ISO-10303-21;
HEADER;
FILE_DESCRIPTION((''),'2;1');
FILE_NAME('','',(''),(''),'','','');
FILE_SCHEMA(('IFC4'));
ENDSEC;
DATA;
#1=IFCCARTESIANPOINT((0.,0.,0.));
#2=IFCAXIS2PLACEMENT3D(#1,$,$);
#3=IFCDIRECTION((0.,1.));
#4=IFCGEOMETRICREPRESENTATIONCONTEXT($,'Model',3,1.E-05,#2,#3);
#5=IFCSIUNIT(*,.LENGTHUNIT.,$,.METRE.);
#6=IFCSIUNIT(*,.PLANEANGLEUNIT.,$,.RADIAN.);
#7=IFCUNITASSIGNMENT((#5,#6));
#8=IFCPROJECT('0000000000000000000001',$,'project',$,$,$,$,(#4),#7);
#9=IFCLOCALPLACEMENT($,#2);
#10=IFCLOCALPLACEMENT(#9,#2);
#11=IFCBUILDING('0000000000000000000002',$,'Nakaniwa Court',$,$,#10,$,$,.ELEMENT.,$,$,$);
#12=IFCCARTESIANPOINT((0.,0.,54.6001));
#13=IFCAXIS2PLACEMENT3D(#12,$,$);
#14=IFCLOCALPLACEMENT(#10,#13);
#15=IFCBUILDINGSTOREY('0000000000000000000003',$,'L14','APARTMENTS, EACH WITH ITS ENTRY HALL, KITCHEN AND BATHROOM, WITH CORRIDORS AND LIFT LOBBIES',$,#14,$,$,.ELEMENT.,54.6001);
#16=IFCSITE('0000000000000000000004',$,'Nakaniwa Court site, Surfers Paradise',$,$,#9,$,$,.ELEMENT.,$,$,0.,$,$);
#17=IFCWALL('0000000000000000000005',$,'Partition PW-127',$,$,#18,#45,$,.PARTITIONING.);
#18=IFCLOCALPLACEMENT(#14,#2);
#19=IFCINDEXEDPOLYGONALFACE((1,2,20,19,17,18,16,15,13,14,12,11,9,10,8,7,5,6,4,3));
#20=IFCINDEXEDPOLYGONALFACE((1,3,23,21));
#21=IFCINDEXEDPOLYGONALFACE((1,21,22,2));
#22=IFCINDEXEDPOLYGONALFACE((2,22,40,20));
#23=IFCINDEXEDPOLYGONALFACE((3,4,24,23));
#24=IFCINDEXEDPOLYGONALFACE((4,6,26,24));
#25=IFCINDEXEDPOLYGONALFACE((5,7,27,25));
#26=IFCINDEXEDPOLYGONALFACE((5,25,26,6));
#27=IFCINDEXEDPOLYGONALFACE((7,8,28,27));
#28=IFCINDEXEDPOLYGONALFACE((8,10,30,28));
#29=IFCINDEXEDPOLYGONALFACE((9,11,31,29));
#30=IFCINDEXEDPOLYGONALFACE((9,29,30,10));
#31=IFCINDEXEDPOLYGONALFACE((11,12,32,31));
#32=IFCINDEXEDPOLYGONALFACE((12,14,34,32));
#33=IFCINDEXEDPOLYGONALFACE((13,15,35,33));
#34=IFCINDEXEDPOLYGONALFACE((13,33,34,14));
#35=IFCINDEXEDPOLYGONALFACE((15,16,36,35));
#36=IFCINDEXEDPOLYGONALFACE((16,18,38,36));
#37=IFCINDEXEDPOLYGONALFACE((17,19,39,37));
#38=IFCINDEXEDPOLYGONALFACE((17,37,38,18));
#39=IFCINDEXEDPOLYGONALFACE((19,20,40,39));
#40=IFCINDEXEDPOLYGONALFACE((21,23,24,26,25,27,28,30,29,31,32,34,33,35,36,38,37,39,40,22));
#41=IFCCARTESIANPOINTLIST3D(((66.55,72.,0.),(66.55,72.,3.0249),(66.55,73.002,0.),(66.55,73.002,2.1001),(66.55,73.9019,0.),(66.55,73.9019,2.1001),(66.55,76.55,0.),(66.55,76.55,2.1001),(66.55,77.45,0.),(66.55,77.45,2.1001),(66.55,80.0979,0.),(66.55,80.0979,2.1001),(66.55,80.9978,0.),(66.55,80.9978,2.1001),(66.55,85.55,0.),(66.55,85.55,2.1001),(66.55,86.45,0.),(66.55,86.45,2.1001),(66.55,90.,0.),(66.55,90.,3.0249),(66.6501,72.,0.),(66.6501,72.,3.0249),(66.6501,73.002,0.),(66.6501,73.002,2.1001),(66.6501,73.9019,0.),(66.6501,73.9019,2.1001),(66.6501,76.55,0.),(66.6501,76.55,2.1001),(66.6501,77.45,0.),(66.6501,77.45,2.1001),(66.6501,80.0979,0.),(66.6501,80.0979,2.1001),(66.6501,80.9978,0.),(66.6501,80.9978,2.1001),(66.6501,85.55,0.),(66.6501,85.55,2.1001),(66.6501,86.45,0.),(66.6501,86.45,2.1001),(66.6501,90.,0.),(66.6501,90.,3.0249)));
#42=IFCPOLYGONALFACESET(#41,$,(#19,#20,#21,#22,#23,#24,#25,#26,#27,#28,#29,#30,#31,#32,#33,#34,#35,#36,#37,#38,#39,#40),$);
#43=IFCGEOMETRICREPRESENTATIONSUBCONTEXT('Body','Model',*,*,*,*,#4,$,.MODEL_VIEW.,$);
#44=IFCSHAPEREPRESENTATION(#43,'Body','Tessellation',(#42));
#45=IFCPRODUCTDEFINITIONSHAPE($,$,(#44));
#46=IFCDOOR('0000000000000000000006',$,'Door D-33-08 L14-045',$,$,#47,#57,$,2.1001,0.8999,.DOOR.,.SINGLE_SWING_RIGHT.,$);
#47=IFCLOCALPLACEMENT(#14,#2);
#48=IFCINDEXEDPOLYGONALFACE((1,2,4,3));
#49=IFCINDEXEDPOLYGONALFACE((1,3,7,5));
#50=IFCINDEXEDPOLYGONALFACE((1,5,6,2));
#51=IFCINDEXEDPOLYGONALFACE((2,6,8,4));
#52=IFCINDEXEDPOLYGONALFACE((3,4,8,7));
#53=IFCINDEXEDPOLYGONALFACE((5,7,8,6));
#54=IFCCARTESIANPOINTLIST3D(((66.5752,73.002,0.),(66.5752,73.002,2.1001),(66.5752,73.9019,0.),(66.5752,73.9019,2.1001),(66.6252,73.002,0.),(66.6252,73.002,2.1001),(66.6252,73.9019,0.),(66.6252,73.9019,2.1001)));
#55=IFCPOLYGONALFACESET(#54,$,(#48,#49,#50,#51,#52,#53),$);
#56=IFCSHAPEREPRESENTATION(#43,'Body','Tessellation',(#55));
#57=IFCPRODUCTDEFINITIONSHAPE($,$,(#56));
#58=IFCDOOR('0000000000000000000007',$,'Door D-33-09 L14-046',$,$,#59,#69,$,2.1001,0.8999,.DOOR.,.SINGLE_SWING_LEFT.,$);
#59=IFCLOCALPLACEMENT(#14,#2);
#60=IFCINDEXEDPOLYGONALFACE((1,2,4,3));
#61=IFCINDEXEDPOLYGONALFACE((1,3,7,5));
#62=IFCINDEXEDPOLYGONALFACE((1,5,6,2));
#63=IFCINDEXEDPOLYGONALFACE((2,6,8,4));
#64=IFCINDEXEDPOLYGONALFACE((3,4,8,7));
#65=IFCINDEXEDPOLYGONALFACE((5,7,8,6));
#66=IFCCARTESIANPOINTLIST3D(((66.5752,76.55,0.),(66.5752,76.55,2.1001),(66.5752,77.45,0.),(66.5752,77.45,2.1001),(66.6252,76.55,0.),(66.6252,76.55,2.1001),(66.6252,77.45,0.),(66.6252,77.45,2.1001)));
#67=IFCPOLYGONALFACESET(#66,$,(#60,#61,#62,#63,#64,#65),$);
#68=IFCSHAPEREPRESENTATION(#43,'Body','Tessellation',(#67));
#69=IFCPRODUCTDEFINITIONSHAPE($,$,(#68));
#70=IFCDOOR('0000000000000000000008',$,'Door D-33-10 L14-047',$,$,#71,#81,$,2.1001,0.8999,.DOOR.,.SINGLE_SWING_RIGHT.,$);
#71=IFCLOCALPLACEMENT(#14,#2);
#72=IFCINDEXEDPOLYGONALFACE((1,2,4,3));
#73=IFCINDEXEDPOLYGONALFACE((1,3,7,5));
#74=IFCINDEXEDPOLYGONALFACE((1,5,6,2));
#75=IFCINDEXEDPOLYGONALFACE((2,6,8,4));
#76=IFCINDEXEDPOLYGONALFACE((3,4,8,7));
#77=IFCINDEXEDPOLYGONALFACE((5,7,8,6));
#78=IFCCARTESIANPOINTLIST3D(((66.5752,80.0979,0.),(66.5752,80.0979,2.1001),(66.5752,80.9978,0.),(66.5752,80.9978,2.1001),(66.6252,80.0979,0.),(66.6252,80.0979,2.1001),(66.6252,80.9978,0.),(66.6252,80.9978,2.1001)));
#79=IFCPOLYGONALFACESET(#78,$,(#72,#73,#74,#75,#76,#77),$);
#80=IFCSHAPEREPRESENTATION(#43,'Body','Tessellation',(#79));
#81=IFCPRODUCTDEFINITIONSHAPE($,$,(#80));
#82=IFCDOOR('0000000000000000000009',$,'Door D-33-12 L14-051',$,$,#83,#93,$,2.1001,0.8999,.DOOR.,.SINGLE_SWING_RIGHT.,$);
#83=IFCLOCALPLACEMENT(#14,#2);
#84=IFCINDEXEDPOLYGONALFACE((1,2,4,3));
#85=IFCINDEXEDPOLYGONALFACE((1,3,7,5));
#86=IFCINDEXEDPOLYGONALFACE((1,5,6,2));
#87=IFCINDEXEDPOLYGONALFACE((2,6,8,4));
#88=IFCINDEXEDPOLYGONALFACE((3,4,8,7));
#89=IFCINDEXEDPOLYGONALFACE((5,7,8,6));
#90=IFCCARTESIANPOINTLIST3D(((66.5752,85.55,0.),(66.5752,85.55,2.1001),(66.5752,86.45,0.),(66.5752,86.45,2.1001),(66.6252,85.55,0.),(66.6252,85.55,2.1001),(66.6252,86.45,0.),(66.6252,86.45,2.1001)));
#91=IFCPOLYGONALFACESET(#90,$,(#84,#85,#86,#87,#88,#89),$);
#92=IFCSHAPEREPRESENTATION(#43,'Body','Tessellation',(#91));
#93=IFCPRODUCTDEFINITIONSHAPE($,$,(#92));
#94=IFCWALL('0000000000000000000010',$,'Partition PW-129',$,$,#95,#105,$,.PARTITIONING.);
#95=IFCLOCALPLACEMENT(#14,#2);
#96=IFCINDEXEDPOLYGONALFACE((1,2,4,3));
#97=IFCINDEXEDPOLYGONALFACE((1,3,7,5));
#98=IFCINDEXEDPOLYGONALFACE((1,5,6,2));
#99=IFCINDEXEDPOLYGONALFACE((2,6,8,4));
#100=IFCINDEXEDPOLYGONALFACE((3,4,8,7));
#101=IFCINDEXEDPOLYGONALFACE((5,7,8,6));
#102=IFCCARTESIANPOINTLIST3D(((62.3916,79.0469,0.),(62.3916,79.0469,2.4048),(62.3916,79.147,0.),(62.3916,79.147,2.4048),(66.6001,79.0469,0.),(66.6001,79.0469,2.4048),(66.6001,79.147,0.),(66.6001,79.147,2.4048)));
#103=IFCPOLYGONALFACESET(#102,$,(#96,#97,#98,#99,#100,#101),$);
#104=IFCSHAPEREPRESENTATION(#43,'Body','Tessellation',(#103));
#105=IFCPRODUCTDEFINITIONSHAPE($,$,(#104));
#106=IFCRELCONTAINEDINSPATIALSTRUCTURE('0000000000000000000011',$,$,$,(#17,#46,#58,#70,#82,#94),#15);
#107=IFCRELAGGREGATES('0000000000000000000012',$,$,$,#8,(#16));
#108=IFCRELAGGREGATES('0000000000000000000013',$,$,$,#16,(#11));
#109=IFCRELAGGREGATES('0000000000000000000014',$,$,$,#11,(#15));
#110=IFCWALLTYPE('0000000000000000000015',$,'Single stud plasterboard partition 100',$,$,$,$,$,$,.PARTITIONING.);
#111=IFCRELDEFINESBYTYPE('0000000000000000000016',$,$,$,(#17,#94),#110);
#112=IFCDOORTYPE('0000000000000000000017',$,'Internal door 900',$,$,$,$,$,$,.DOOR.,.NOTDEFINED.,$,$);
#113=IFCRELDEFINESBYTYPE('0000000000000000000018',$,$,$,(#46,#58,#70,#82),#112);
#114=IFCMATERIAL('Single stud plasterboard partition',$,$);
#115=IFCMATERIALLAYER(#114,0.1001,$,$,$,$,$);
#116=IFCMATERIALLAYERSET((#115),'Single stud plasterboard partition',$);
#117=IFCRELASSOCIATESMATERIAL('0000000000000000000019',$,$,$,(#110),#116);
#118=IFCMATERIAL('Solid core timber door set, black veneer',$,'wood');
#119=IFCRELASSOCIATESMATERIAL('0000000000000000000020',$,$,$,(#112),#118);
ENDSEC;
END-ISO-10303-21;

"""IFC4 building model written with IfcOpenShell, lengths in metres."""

from ifc_helpers import new_model, si_unit, direction, frame, frame_2d, origin, place, context, subcontext, project, spatial, rectangle, extrude, material, layer, layer_set, type_object, element, fill, save


model = new_model("IFC4")

# Units and contexts
model_context = context("Model", 3, precision=1e-05, world=origin(), true_north=direction((0.0, 1.0)))
body_context = subcontext(model_context, "Body", "Model", "MODEL_VIEW")
ifc_project = project(units=[si_unit("LENGTHUNIT", "METRE"), si_unit("PLANEANGLEUNIT", "RADIAN")], contexts=[model_context])

# Site, building, storey
site_placement = place(None, origin())
site = spatial("IfcSite", under=ifc_project, at=site_placement, Name="Nakaniwa Court site, Surfers Paradise", CompositionType="ELEMENT", RefElevation=0.0)
building_placement = place(site_placement, origin())
building = spatial("IfcBuilding", under=site, at=building_placement, Name="Nakaniwa Court", CompositionType="ELEMENT")
storey_placement = place(building_placement, frame((0.0, 0.0, 54.6001)))
storey = spatial("IfcBuildingStorey", under=building, at=storey_placement, Name="L14", Description="APARTMENTS, EACH WITH ITS ENTRY HALL, KITCHEN AND BATHROOM, WITH CORRIDORS AND LIFT LOBBIES", CompositionType="ELEMENT", Elevation=54.6001)

# Shared definitions
ifc_material_1 = material(Name="Single stud plasterboard partition")
ifc_layer_1 = layer(ifc_material_1, 0.1001)
ifc_layer_set_1 = layer_set([ifc_layer_1], Name="Single stud plasterboard partition")
wall_type_1 = type_object("IfcWallType", Name="Single stud plasterboard partition 100", PredefinedType="PARTITIONING", material=ifc_layer_set_1)

# Wall, openings, doors
wall_1_placement = place(storey_placement, frame((66.6001, 72.0, 0.0), z_axis=(0.0, 0.0, 1.0), x_axis=(0.0, 1.0, 0.0)))
wall_1 = element("IfcWall", 1, at=wall_1_placement, inside=storey, type_object=wall_type_1, Name="Partition PW-127", PredefinedType="PARTITIONING", context=body_context, shape_type="SweptSolid", body=[
    extrude(rectangle(XDim=18.0, YDim=0.1001, at=frame_2d((9.0, 0.0))), origin(), (0.0, 0.0, 1.0), 3.0249),
])
opening_1_placement = place(wall_1_placement, frame((1.002, 0.0, 0.0)))
opening_1 = element("IfcOpeningElement", 2, at=opening_1_placement, cuts=wall_1, PredefinedType="OPENING", context=body_context, shape_type="SweptSolid", body=[
    extrude(rectangle(XDim=0.8999, YDim=2.1001, at=frame_2d((0.45, 1.05))), frame((0.0, 0.0601, 0.0), z_axis=(0.0, -1.0, 0.0), x_axis=(1.0, 0.0, 0.0)), (0.0, 0.0, 1.0), 0.1201),
])
opening_2_placement = place(wall_1_placement, frame((4.55, 0.0, 0.0)))
opening_2 = element("IfcOpeningElement", 3, at=opening_2_placement, cuts=wall_1, PredefinedType="OPENING", context=body_context, shape_type="SweptSolid", body=[
    extrude(rectangle(XDim=0.8999, YDim=2.1001, at=frame_2d((0.45, 1.05))), frame((0.0, 0.0601, 0.0), z_axis=(0.0, -1.0, 0.0), x_axis=(1.0, 0.0, 0.0)), (0.0, 0.0, 1.0), 0.1201),
])
opening_3_placement = place(wall_1_placement, frame((8.0979, 0.0, 0.0)))
opening_3 = element("IfcOpeningElement", 4, at=opening_3_placement, cuts=wall_1, PredefinedType="OPENING", context=body_context, shape_type="SweptSolid", body=[
    extrude(rectangle(XDim=0.8999, YDim=2.1001, at=frame_2d((0.45, 1.05))), frame((0.0, 0.0601, 0.0), z_axis=(0.0, -1.0, 0.0), x_axis=(1.0, 0.0, 0.0)), (0.0, 0.0, 1.0), 0.1201),
])
opening_4_placement = place(wall_1_placement, frame((13.55, 0.0, 0.0)))
opening_4 = element("IfcOpeningElement", 5, at=opening_4_placement, cuts=wall_1, PredefinedType="OPENING", context=body_context, shape_type="SweptSolid", body=[
    extrude(rectangle(XDim=0.8999, YDim=2.1001, at=frame_2d((0.45, 1.05))), frame((0.0, 0.0601, 0.0), z_axis=(0.0, -1.0, 0.0), x_axis=(1.0, 0.0, 0.0)), (0.0, 0.0, 1.0), 0.1201),
])
ifc_material_2 = material(Name="Solid core timber door set, black veneer", Category="wood")
door_type = type_object("IfcDoorType", Name="Internal door 900", OperationType="NOTDEFINED", PredefinedType="DOOR", material=ifc_material_2)
door_1_placement = place(opening_1_placement, origin())
door_1 = element("IfcDoor", 6, at=door_1_placement, inside=storey, type_object=door_type, Name="Door D-33-08 L14-045", OperationType="SINGLE_SWING_RIGHT", OverallHeight=2.1001, OverallWidth=0.8999, PredefinedType="DOOR", context=body_context, shape_type="SweptSolid", body=[
    extrude(rectangle(XDim=0.8999, YDim=2.1001, at=frame_2d((0.45, 1.05))), frame((0.0, 0.0249, 0.0), z_axis=(0.0, -1.0, 0.0), x_axis=(1.0, 0.0, 0.0)), (0.0, 0.0, 1.0), 0.05),
])
fill(opening_1, door_1)
door_2_placement = place(opening_2_placement, origin())
door_2 = element("IfcDoor", 7, at=door_2_placement, inside=storey, type_object=door_type, Name="Door D-33-09 L14-046", OperationType="SINGLE_SWING_LEFT", OverallHeight=2.1001, OverallWidth=0.8999, PredefinedType="DOOR", context=body_context, shape_type="SweptSolid", body=[
    extrude(rectangle(XDim=0.8999, YDim=2.1001, at=frame_2d((0.45, 1.05))), frame((0.0, 0.0249, 0.0), z_axis=(0.0, -1.0, 0.0), x_axis=(1.0, 0.0, 0.0)), (0.0, 0.0, 1.0), 0.05),
])
fill(opening_2, door_2)
door_3_placement = place(opening_3_placement, origin())
door_3 = element("IfcDoor", 8, at=door_3_placement, inside=storey, type_object=door_type, Name="Door D-33-10 L14-047", OperationType="SINGLE_SWING_RIGHT", OverallHeight=2.1001, OverallWidth=0.8999, PredefinedType="DOOR", context=body_context, shape_type="SweptSolid", body=[
    extrude(rectangle(XDim=0.8999, YDim=2.1001, at=frame_2d((0.45, 1.05))), frame((0.0, 0.0249, 0.0), z_axis=(0.0, -1.0, 0.0), x_axis=(1.0, 0.0, 0.0)), (0.0, 0.0, 1.0), 0.05),
])
fill(opening_3, door_3)
door_4_placement = place(opening_4_placement, origin())
door_4 = element("IfcDoor", 9, at=door_4_placement, inside=storey, type_object=door_type, Name="Door D-33-12 L14-051", OperationType="SINGLE_SWING_RIGHT", OverallHeight=2.1001, OverallWidth=0.8999, PredefinedType="DOOR", context=body_context, shape_type="SweptSolid", body=[
    extrude(rectangle(XDim=0.8999, YDim=2.1001, at=frame_2d((0.45, 1.05))), frame((0.0, 0.0249, 0.0), z_axis=(0.0, -1.0, 0.0), x_axis=(1.0, 0.0, 0.0)), (0.0, 0.0, 1.0), 0.05),
])
fill(opening_4, door_4)

# Wall
wall_2_placement = place(storey_placement, frame((62.3916, 79.0969, 0.0), z_axis=(0.0, 0.0, 1.0), x_axis=(1.0, 0.0, 0.0)))
element("IfcWall", 10, at=wall_2_placement, inside=storey, type_object=wall_type_1, Name="Partition PW-129", PredefinedType="PARTITIONING", context=body_context, shape_type="SweptSolid", body=[
    extrude(rectangle(XDim=4.2085, YDim=0.1001, at=frame_2d((2.1042, 0.0))), origin(), (0.0, 0.0, 1.0), 2.4048),
])

save(model, "model.ifc")
